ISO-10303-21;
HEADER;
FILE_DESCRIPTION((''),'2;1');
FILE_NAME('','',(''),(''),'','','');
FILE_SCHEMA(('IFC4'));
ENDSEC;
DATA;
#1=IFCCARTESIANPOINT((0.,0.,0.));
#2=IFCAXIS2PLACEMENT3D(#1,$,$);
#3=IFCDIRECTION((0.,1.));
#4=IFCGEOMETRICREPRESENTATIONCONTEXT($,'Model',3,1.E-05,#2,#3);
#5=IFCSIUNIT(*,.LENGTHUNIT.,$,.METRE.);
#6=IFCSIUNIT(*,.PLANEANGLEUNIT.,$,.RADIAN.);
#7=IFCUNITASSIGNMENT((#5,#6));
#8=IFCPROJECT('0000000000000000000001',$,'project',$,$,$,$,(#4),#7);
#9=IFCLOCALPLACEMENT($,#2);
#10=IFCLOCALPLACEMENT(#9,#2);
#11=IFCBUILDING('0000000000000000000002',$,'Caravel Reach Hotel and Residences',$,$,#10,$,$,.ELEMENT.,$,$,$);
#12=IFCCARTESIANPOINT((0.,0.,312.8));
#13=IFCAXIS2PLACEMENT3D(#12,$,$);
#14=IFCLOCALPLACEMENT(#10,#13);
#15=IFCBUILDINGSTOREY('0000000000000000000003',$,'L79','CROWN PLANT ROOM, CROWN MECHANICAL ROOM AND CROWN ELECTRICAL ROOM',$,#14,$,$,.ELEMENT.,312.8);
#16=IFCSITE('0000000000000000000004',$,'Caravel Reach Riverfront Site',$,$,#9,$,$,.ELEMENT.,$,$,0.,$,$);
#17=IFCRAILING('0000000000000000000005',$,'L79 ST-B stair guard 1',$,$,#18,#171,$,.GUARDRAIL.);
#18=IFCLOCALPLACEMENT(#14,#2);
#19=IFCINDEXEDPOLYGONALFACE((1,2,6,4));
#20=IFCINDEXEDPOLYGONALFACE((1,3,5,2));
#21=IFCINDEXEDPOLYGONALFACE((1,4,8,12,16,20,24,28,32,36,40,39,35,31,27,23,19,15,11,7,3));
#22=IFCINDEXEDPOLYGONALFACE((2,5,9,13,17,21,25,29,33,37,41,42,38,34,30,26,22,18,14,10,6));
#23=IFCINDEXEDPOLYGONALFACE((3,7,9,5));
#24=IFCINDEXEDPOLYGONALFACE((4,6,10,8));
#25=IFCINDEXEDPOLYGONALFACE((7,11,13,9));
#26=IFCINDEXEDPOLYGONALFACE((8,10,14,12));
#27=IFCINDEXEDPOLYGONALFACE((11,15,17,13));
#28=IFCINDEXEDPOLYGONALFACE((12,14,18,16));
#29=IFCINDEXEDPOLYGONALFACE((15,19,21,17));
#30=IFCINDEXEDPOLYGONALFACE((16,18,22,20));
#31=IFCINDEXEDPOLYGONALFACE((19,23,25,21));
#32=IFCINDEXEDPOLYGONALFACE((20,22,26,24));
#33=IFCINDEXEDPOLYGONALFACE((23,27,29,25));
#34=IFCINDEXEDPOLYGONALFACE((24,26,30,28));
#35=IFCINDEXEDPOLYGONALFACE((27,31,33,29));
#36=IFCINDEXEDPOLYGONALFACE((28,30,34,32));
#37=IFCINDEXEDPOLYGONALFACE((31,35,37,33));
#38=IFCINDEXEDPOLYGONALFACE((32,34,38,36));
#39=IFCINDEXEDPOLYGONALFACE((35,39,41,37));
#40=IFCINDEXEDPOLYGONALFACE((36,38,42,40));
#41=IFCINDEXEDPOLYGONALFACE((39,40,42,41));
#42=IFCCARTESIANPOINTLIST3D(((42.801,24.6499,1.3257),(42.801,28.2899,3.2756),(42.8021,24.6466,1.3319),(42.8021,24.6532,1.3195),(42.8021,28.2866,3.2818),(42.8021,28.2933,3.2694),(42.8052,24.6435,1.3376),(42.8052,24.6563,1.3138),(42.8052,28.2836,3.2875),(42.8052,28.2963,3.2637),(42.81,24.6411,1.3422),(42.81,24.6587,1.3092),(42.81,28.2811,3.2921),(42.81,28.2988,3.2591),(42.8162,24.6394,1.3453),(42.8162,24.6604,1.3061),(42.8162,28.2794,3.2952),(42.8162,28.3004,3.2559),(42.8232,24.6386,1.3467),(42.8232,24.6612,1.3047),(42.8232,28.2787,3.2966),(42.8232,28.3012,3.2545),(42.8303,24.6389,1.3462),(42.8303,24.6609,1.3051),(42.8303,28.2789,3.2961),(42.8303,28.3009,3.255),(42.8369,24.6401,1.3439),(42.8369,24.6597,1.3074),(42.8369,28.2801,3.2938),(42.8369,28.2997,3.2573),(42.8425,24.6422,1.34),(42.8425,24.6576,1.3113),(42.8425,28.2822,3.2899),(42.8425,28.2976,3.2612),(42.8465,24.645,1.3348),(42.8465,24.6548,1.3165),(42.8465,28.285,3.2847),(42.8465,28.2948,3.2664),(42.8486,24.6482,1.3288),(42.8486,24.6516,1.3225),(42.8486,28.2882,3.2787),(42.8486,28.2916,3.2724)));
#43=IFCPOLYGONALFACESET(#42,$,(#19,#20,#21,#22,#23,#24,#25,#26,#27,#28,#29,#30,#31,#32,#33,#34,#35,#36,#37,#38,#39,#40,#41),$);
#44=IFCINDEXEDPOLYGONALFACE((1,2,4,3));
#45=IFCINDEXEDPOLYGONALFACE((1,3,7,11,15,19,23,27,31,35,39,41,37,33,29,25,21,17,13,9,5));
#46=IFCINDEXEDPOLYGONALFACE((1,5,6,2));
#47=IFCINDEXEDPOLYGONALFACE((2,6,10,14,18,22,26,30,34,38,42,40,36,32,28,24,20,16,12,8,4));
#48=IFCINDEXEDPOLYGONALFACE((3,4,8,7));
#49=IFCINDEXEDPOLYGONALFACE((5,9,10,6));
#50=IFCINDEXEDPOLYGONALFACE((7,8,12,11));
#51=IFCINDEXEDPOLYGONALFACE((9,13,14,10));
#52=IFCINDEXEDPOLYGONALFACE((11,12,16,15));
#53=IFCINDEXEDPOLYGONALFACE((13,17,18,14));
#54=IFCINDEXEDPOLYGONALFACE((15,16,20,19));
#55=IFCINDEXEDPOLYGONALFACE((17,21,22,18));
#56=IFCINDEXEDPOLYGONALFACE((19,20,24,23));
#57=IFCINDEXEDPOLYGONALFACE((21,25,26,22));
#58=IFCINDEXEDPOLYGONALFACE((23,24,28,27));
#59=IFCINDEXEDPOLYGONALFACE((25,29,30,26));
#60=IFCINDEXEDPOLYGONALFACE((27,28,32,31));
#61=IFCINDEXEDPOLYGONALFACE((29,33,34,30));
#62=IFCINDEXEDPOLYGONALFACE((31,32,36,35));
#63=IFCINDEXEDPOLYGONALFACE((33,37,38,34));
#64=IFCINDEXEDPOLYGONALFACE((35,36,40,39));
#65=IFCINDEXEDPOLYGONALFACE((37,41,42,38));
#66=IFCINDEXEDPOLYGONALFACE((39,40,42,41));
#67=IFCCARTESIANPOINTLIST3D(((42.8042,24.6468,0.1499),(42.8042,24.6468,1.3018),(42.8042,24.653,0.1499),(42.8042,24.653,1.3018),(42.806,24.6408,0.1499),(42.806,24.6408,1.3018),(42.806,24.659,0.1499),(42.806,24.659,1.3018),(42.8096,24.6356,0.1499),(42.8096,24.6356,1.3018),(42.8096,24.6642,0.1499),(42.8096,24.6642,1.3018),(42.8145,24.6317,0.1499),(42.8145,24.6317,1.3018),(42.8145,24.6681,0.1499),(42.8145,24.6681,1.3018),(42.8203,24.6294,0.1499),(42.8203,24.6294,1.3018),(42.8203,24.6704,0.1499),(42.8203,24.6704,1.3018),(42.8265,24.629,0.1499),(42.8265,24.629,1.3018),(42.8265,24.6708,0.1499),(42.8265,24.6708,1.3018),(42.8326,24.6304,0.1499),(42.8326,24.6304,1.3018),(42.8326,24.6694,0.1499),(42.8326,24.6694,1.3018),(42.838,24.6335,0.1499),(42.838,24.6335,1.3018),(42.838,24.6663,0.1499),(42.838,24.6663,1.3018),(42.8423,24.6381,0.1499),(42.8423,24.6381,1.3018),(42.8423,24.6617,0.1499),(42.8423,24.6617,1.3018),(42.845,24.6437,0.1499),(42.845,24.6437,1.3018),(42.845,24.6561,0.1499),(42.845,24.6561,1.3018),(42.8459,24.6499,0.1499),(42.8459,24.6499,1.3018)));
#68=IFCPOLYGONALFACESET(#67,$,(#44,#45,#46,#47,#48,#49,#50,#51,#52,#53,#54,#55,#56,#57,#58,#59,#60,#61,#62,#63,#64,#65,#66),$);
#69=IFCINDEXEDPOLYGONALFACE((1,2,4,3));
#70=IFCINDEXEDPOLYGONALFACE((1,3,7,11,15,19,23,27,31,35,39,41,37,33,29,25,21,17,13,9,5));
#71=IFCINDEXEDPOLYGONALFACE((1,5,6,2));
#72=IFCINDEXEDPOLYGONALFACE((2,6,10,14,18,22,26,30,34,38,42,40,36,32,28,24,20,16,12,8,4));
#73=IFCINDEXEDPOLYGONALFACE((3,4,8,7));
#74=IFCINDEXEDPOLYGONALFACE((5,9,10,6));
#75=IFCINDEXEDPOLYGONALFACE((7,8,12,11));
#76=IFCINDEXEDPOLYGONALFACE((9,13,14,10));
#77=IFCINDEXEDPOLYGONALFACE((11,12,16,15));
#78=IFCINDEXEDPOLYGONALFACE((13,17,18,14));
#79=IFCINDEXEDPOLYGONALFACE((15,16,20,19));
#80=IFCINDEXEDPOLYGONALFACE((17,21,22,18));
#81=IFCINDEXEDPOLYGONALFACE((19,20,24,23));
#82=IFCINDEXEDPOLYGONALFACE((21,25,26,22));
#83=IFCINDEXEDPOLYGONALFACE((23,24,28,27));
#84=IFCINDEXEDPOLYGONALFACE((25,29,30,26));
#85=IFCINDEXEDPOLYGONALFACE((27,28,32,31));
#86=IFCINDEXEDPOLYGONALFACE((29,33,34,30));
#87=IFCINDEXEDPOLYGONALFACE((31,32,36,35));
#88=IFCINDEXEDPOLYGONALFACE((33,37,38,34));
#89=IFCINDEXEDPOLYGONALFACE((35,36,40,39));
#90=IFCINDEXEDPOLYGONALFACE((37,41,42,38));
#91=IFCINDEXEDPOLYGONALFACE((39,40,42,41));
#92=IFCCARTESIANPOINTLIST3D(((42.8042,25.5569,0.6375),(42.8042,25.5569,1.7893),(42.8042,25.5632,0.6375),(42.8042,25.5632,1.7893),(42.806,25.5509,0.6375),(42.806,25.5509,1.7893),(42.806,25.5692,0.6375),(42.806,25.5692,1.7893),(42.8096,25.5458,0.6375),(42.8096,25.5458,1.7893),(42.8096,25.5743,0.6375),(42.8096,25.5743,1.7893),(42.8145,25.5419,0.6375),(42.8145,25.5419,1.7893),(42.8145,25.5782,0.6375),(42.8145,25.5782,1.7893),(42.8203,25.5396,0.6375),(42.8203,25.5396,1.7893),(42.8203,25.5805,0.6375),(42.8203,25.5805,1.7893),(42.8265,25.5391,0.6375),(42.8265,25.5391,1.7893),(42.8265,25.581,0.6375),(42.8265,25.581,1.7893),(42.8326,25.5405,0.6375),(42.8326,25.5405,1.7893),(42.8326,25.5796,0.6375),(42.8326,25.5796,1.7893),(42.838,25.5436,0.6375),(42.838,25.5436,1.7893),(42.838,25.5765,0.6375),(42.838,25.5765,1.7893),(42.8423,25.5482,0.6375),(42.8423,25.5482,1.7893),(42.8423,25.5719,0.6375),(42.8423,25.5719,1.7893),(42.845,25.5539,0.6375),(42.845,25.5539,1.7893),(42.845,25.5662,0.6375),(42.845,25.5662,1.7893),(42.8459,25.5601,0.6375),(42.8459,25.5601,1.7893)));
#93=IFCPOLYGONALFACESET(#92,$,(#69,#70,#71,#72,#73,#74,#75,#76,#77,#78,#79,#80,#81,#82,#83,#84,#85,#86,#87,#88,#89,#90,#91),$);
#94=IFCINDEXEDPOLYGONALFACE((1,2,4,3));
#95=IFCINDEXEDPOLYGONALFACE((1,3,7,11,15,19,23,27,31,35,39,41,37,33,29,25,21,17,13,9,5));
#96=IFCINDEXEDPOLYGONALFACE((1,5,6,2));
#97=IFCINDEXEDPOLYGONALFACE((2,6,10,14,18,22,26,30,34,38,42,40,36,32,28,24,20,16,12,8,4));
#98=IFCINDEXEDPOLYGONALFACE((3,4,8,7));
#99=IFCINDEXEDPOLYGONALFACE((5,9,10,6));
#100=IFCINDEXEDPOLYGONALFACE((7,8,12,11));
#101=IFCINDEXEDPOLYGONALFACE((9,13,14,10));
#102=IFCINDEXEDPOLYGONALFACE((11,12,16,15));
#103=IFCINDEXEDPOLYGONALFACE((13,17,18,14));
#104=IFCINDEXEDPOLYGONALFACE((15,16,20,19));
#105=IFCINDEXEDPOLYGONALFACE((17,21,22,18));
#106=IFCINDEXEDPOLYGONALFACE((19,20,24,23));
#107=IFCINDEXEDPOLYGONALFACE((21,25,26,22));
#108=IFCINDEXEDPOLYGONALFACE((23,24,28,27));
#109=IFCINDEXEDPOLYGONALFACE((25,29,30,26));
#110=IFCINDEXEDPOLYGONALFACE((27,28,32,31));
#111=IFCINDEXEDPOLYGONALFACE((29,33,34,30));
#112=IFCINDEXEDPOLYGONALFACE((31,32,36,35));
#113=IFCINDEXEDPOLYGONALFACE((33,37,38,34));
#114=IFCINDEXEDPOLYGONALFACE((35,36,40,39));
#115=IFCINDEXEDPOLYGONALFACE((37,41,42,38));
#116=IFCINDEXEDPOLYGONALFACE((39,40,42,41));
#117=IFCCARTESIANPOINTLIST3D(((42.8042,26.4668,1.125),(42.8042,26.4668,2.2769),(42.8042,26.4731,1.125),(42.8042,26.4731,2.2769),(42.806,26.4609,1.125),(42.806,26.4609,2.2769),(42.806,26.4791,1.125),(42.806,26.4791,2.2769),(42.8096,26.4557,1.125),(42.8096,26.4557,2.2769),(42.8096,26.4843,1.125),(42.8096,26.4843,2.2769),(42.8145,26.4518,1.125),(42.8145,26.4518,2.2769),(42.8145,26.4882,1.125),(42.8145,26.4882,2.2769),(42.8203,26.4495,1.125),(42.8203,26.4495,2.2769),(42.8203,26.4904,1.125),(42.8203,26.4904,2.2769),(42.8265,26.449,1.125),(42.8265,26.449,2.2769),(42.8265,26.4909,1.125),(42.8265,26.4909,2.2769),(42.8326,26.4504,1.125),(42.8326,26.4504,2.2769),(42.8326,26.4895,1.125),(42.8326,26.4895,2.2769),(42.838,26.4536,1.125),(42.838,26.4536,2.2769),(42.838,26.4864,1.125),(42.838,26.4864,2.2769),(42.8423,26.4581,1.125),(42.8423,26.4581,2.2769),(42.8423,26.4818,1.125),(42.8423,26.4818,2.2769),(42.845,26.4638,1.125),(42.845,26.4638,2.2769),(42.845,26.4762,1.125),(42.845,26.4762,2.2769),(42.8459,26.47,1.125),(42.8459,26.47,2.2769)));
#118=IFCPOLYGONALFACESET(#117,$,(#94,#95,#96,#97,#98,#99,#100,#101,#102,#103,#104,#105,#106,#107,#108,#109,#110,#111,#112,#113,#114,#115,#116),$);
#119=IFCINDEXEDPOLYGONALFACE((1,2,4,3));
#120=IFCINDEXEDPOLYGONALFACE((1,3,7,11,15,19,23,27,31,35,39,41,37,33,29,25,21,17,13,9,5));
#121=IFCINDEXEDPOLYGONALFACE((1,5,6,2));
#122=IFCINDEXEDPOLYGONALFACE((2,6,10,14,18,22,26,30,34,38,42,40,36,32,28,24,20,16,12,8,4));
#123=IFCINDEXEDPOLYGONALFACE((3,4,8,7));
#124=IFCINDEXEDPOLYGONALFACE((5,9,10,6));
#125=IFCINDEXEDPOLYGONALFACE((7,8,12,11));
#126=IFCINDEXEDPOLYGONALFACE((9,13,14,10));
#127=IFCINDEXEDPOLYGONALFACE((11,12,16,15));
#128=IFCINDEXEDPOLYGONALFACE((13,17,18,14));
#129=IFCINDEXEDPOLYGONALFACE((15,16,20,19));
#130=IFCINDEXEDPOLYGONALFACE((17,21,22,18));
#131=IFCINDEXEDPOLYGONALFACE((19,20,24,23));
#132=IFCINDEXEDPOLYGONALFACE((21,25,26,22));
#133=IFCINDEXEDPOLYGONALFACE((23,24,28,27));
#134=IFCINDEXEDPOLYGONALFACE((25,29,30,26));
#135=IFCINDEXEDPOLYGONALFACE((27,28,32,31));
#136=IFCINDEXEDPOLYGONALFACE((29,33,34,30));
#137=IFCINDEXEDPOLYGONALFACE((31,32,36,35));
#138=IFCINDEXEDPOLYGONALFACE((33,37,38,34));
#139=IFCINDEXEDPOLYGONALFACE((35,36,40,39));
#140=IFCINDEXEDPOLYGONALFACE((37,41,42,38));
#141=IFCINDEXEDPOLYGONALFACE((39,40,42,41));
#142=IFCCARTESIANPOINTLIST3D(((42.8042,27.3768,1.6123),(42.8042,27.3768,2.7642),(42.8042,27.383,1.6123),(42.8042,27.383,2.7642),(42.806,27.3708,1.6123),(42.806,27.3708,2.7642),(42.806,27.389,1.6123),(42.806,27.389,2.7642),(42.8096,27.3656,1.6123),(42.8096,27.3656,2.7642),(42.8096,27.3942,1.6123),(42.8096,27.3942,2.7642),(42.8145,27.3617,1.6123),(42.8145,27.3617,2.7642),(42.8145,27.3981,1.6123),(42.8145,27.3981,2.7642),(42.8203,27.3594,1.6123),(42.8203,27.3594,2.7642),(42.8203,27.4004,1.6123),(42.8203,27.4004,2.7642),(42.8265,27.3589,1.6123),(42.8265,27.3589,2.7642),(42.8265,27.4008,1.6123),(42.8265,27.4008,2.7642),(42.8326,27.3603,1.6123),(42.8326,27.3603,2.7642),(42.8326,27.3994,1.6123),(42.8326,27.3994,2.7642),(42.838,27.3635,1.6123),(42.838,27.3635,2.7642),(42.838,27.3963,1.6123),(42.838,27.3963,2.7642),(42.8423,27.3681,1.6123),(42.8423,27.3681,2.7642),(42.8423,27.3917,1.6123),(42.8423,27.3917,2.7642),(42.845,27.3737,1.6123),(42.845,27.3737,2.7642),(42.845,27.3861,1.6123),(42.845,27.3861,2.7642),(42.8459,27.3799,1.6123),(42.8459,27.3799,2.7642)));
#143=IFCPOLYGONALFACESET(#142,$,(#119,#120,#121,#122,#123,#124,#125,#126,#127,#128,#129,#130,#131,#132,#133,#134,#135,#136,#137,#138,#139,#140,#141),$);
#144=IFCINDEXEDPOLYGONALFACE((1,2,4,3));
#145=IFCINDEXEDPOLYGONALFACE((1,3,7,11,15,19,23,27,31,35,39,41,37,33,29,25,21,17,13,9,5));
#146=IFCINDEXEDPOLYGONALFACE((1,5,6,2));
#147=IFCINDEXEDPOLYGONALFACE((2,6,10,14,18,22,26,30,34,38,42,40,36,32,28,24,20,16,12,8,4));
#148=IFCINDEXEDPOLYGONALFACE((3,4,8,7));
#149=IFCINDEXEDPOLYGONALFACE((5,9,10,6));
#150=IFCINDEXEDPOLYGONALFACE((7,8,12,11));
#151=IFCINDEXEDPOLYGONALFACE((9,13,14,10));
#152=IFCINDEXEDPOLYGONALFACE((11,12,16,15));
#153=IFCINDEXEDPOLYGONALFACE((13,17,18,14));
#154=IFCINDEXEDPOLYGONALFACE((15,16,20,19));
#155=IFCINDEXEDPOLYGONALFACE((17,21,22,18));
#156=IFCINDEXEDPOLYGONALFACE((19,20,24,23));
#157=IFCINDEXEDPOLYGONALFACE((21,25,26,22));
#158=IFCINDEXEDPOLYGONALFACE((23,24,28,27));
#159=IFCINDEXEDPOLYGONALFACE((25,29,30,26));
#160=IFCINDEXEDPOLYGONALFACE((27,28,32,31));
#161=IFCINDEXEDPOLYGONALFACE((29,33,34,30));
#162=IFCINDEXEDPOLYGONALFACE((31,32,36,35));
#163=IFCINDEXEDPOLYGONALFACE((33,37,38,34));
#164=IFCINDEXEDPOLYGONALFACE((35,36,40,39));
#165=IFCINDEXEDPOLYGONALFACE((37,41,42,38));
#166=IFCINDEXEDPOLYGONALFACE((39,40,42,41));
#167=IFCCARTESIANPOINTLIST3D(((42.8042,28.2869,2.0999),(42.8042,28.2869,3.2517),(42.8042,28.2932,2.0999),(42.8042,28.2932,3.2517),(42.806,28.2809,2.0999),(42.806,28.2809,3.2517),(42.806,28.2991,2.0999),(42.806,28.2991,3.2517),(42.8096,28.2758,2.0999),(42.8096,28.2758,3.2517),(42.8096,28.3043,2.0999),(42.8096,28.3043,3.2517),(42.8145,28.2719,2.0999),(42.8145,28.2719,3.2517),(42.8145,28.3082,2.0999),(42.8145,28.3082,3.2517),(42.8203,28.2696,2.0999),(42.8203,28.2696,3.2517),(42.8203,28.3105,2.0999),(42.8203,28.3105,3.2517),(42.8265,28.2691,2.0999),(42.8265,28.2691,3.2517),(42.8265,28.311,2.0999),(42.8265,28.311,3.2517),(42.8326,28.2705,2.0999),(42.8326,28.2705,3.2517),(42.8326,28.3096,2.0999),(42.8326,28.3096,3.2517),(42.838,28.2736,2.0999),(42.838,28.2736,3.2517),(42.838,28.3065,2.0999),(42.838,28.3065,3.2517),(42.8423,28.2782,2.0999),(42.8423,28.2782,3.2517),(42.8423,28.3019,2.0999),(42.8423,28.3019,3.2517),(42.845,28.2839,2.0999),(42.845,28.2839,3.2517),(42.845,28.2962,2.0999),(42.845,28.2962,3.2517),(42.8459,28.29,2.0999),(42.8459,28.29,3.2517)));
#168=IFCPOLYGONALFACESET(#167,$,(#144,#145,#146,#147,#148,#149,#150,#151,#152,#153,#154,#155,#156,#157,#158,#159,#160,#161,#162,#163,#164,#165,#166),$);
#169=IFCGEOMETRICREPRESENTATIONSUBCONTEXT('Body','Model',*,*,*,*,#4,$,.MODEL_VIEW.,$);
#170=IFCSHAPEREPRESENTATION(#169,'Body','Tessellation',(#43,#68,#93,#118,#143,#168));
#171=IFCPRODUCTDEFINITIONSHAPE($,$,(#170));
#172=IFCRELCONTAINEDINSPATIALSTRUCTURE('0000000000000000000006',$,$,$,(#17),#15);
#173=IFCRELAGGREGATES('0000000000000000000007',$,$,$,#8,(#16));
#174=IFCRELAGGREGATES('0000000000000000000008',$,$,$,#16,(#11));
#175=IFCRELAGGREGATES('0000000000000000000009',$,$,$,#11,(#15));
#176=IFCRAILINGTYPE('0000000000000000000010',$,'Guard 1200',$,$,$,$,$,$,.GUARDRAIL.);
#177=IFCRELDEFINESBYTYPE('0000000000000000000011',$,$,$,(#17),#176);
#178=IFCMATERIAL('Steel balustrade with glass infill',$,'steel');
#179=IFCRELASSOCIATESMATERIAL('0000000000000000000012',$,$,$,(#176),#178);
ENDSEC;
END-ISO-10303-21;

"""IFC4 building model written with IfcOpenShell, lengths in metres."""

from ifc_helpers import new_model, si_unit, direction, frame, origin, origin_2d, place, context, subcontext, project, spatial, circle, extrude, material, type_object, element, save


model = new_model("IFC4")

# Units and contexts
model_context = context("Model", 3, precision=1e-05, world=origin(), true_north=direction((0.0, 1.0)))
body_context = subcontext(model_context, "Body", "Model", "MODEL_VIEW")
ifc_project = project(units=[si_unit("LENGTHUNIT", "METRE"), si_unit("PLANEANGLEUNIT", "RADIAN")], contexts=[model_context])

# Site, building, storey
site_placement = place(None, origin())
site = spatial("IfcSite", under=ifc_project, at=site_placement, Name="Caravel Reach Riverfront Site", CompositionType="ELEMENT", RefElevation=0.0)
building_placement = place(site_placement, origin())
building = spatial("IfcBuilding", under=site, at=building_placement, Name="Caravel Reach Hotel and Residences", CompositionType="ELEMENT")
storey_placement = place(building_placement, frame((0.0, 0.0, 312.8)))
storey = spatial("IfcBuildingStorey", under=building, at=storey_placement, Name="L79", Description="CROWN PLANT ROOM, CROWN MECHANICAL ROOM AND CROWN ELECTRICAL ROOM", CompositionType="ELEMENT", Elevation=312.8)

# Railing
ifc_material_1 = material(Name="Steel balustrade with glass infill", Category="steel")
railing_type_1 = type_object("IfcRailingType", Name="Guard 1200", PredefinedType="GUARDRAIL", material=ifc_material_1)
railing_1_placement = place(storey_placement, frame((42.825, 24.6499, 0.1499)))
element("IfcRailing", 1, at=railing_1_placement, inside=storey, type_object=railing_type_1, Name="L79 ST-B stair guard 1", PredefinedType="GUARDRAIL", context=body_context, shape_type="SweptSolid", body=[
    extrude(circle(Radius=0.0239, at=origin_2d()), frame((0.0, 0.0, 1.1758), z_axis=(0.0, 0.881492, 0.472198), x_axis=(-1.0, 0.0, 0.0)), (0.0, 0.0, 1.0), 4.1294),
    extrude(circle(Radius=0.021, at=origin_2d()), origin(), (0.0, 0.0, 1.0), 1.1519),
    extrude(circle(Radius=0.021, at=origin_2d()), frame((0.0, 0.9102, 0.4875)), (0.0, 0.0, 1.0), 1.1519),
    extrude(circle(Radius=0.021, at=origin_2d()), frame((0.0, 1.8201, 0.9751)), (0.0, 0.0, 1.0), 1.1519),
    extrude(circle(Radius=0.021, at=origin_2d()), frame((0.0, 2.73, 1.4624)), (0.0, 0.0, 1.0), 1.1519),
    extrude(circle(Radius=0.021, at=origin_2d()), frame((0.0, 3.6401, 1.95)), (0.0, 0.0, 1.0), 1.1519),
])

save(model, "model.ifc")
